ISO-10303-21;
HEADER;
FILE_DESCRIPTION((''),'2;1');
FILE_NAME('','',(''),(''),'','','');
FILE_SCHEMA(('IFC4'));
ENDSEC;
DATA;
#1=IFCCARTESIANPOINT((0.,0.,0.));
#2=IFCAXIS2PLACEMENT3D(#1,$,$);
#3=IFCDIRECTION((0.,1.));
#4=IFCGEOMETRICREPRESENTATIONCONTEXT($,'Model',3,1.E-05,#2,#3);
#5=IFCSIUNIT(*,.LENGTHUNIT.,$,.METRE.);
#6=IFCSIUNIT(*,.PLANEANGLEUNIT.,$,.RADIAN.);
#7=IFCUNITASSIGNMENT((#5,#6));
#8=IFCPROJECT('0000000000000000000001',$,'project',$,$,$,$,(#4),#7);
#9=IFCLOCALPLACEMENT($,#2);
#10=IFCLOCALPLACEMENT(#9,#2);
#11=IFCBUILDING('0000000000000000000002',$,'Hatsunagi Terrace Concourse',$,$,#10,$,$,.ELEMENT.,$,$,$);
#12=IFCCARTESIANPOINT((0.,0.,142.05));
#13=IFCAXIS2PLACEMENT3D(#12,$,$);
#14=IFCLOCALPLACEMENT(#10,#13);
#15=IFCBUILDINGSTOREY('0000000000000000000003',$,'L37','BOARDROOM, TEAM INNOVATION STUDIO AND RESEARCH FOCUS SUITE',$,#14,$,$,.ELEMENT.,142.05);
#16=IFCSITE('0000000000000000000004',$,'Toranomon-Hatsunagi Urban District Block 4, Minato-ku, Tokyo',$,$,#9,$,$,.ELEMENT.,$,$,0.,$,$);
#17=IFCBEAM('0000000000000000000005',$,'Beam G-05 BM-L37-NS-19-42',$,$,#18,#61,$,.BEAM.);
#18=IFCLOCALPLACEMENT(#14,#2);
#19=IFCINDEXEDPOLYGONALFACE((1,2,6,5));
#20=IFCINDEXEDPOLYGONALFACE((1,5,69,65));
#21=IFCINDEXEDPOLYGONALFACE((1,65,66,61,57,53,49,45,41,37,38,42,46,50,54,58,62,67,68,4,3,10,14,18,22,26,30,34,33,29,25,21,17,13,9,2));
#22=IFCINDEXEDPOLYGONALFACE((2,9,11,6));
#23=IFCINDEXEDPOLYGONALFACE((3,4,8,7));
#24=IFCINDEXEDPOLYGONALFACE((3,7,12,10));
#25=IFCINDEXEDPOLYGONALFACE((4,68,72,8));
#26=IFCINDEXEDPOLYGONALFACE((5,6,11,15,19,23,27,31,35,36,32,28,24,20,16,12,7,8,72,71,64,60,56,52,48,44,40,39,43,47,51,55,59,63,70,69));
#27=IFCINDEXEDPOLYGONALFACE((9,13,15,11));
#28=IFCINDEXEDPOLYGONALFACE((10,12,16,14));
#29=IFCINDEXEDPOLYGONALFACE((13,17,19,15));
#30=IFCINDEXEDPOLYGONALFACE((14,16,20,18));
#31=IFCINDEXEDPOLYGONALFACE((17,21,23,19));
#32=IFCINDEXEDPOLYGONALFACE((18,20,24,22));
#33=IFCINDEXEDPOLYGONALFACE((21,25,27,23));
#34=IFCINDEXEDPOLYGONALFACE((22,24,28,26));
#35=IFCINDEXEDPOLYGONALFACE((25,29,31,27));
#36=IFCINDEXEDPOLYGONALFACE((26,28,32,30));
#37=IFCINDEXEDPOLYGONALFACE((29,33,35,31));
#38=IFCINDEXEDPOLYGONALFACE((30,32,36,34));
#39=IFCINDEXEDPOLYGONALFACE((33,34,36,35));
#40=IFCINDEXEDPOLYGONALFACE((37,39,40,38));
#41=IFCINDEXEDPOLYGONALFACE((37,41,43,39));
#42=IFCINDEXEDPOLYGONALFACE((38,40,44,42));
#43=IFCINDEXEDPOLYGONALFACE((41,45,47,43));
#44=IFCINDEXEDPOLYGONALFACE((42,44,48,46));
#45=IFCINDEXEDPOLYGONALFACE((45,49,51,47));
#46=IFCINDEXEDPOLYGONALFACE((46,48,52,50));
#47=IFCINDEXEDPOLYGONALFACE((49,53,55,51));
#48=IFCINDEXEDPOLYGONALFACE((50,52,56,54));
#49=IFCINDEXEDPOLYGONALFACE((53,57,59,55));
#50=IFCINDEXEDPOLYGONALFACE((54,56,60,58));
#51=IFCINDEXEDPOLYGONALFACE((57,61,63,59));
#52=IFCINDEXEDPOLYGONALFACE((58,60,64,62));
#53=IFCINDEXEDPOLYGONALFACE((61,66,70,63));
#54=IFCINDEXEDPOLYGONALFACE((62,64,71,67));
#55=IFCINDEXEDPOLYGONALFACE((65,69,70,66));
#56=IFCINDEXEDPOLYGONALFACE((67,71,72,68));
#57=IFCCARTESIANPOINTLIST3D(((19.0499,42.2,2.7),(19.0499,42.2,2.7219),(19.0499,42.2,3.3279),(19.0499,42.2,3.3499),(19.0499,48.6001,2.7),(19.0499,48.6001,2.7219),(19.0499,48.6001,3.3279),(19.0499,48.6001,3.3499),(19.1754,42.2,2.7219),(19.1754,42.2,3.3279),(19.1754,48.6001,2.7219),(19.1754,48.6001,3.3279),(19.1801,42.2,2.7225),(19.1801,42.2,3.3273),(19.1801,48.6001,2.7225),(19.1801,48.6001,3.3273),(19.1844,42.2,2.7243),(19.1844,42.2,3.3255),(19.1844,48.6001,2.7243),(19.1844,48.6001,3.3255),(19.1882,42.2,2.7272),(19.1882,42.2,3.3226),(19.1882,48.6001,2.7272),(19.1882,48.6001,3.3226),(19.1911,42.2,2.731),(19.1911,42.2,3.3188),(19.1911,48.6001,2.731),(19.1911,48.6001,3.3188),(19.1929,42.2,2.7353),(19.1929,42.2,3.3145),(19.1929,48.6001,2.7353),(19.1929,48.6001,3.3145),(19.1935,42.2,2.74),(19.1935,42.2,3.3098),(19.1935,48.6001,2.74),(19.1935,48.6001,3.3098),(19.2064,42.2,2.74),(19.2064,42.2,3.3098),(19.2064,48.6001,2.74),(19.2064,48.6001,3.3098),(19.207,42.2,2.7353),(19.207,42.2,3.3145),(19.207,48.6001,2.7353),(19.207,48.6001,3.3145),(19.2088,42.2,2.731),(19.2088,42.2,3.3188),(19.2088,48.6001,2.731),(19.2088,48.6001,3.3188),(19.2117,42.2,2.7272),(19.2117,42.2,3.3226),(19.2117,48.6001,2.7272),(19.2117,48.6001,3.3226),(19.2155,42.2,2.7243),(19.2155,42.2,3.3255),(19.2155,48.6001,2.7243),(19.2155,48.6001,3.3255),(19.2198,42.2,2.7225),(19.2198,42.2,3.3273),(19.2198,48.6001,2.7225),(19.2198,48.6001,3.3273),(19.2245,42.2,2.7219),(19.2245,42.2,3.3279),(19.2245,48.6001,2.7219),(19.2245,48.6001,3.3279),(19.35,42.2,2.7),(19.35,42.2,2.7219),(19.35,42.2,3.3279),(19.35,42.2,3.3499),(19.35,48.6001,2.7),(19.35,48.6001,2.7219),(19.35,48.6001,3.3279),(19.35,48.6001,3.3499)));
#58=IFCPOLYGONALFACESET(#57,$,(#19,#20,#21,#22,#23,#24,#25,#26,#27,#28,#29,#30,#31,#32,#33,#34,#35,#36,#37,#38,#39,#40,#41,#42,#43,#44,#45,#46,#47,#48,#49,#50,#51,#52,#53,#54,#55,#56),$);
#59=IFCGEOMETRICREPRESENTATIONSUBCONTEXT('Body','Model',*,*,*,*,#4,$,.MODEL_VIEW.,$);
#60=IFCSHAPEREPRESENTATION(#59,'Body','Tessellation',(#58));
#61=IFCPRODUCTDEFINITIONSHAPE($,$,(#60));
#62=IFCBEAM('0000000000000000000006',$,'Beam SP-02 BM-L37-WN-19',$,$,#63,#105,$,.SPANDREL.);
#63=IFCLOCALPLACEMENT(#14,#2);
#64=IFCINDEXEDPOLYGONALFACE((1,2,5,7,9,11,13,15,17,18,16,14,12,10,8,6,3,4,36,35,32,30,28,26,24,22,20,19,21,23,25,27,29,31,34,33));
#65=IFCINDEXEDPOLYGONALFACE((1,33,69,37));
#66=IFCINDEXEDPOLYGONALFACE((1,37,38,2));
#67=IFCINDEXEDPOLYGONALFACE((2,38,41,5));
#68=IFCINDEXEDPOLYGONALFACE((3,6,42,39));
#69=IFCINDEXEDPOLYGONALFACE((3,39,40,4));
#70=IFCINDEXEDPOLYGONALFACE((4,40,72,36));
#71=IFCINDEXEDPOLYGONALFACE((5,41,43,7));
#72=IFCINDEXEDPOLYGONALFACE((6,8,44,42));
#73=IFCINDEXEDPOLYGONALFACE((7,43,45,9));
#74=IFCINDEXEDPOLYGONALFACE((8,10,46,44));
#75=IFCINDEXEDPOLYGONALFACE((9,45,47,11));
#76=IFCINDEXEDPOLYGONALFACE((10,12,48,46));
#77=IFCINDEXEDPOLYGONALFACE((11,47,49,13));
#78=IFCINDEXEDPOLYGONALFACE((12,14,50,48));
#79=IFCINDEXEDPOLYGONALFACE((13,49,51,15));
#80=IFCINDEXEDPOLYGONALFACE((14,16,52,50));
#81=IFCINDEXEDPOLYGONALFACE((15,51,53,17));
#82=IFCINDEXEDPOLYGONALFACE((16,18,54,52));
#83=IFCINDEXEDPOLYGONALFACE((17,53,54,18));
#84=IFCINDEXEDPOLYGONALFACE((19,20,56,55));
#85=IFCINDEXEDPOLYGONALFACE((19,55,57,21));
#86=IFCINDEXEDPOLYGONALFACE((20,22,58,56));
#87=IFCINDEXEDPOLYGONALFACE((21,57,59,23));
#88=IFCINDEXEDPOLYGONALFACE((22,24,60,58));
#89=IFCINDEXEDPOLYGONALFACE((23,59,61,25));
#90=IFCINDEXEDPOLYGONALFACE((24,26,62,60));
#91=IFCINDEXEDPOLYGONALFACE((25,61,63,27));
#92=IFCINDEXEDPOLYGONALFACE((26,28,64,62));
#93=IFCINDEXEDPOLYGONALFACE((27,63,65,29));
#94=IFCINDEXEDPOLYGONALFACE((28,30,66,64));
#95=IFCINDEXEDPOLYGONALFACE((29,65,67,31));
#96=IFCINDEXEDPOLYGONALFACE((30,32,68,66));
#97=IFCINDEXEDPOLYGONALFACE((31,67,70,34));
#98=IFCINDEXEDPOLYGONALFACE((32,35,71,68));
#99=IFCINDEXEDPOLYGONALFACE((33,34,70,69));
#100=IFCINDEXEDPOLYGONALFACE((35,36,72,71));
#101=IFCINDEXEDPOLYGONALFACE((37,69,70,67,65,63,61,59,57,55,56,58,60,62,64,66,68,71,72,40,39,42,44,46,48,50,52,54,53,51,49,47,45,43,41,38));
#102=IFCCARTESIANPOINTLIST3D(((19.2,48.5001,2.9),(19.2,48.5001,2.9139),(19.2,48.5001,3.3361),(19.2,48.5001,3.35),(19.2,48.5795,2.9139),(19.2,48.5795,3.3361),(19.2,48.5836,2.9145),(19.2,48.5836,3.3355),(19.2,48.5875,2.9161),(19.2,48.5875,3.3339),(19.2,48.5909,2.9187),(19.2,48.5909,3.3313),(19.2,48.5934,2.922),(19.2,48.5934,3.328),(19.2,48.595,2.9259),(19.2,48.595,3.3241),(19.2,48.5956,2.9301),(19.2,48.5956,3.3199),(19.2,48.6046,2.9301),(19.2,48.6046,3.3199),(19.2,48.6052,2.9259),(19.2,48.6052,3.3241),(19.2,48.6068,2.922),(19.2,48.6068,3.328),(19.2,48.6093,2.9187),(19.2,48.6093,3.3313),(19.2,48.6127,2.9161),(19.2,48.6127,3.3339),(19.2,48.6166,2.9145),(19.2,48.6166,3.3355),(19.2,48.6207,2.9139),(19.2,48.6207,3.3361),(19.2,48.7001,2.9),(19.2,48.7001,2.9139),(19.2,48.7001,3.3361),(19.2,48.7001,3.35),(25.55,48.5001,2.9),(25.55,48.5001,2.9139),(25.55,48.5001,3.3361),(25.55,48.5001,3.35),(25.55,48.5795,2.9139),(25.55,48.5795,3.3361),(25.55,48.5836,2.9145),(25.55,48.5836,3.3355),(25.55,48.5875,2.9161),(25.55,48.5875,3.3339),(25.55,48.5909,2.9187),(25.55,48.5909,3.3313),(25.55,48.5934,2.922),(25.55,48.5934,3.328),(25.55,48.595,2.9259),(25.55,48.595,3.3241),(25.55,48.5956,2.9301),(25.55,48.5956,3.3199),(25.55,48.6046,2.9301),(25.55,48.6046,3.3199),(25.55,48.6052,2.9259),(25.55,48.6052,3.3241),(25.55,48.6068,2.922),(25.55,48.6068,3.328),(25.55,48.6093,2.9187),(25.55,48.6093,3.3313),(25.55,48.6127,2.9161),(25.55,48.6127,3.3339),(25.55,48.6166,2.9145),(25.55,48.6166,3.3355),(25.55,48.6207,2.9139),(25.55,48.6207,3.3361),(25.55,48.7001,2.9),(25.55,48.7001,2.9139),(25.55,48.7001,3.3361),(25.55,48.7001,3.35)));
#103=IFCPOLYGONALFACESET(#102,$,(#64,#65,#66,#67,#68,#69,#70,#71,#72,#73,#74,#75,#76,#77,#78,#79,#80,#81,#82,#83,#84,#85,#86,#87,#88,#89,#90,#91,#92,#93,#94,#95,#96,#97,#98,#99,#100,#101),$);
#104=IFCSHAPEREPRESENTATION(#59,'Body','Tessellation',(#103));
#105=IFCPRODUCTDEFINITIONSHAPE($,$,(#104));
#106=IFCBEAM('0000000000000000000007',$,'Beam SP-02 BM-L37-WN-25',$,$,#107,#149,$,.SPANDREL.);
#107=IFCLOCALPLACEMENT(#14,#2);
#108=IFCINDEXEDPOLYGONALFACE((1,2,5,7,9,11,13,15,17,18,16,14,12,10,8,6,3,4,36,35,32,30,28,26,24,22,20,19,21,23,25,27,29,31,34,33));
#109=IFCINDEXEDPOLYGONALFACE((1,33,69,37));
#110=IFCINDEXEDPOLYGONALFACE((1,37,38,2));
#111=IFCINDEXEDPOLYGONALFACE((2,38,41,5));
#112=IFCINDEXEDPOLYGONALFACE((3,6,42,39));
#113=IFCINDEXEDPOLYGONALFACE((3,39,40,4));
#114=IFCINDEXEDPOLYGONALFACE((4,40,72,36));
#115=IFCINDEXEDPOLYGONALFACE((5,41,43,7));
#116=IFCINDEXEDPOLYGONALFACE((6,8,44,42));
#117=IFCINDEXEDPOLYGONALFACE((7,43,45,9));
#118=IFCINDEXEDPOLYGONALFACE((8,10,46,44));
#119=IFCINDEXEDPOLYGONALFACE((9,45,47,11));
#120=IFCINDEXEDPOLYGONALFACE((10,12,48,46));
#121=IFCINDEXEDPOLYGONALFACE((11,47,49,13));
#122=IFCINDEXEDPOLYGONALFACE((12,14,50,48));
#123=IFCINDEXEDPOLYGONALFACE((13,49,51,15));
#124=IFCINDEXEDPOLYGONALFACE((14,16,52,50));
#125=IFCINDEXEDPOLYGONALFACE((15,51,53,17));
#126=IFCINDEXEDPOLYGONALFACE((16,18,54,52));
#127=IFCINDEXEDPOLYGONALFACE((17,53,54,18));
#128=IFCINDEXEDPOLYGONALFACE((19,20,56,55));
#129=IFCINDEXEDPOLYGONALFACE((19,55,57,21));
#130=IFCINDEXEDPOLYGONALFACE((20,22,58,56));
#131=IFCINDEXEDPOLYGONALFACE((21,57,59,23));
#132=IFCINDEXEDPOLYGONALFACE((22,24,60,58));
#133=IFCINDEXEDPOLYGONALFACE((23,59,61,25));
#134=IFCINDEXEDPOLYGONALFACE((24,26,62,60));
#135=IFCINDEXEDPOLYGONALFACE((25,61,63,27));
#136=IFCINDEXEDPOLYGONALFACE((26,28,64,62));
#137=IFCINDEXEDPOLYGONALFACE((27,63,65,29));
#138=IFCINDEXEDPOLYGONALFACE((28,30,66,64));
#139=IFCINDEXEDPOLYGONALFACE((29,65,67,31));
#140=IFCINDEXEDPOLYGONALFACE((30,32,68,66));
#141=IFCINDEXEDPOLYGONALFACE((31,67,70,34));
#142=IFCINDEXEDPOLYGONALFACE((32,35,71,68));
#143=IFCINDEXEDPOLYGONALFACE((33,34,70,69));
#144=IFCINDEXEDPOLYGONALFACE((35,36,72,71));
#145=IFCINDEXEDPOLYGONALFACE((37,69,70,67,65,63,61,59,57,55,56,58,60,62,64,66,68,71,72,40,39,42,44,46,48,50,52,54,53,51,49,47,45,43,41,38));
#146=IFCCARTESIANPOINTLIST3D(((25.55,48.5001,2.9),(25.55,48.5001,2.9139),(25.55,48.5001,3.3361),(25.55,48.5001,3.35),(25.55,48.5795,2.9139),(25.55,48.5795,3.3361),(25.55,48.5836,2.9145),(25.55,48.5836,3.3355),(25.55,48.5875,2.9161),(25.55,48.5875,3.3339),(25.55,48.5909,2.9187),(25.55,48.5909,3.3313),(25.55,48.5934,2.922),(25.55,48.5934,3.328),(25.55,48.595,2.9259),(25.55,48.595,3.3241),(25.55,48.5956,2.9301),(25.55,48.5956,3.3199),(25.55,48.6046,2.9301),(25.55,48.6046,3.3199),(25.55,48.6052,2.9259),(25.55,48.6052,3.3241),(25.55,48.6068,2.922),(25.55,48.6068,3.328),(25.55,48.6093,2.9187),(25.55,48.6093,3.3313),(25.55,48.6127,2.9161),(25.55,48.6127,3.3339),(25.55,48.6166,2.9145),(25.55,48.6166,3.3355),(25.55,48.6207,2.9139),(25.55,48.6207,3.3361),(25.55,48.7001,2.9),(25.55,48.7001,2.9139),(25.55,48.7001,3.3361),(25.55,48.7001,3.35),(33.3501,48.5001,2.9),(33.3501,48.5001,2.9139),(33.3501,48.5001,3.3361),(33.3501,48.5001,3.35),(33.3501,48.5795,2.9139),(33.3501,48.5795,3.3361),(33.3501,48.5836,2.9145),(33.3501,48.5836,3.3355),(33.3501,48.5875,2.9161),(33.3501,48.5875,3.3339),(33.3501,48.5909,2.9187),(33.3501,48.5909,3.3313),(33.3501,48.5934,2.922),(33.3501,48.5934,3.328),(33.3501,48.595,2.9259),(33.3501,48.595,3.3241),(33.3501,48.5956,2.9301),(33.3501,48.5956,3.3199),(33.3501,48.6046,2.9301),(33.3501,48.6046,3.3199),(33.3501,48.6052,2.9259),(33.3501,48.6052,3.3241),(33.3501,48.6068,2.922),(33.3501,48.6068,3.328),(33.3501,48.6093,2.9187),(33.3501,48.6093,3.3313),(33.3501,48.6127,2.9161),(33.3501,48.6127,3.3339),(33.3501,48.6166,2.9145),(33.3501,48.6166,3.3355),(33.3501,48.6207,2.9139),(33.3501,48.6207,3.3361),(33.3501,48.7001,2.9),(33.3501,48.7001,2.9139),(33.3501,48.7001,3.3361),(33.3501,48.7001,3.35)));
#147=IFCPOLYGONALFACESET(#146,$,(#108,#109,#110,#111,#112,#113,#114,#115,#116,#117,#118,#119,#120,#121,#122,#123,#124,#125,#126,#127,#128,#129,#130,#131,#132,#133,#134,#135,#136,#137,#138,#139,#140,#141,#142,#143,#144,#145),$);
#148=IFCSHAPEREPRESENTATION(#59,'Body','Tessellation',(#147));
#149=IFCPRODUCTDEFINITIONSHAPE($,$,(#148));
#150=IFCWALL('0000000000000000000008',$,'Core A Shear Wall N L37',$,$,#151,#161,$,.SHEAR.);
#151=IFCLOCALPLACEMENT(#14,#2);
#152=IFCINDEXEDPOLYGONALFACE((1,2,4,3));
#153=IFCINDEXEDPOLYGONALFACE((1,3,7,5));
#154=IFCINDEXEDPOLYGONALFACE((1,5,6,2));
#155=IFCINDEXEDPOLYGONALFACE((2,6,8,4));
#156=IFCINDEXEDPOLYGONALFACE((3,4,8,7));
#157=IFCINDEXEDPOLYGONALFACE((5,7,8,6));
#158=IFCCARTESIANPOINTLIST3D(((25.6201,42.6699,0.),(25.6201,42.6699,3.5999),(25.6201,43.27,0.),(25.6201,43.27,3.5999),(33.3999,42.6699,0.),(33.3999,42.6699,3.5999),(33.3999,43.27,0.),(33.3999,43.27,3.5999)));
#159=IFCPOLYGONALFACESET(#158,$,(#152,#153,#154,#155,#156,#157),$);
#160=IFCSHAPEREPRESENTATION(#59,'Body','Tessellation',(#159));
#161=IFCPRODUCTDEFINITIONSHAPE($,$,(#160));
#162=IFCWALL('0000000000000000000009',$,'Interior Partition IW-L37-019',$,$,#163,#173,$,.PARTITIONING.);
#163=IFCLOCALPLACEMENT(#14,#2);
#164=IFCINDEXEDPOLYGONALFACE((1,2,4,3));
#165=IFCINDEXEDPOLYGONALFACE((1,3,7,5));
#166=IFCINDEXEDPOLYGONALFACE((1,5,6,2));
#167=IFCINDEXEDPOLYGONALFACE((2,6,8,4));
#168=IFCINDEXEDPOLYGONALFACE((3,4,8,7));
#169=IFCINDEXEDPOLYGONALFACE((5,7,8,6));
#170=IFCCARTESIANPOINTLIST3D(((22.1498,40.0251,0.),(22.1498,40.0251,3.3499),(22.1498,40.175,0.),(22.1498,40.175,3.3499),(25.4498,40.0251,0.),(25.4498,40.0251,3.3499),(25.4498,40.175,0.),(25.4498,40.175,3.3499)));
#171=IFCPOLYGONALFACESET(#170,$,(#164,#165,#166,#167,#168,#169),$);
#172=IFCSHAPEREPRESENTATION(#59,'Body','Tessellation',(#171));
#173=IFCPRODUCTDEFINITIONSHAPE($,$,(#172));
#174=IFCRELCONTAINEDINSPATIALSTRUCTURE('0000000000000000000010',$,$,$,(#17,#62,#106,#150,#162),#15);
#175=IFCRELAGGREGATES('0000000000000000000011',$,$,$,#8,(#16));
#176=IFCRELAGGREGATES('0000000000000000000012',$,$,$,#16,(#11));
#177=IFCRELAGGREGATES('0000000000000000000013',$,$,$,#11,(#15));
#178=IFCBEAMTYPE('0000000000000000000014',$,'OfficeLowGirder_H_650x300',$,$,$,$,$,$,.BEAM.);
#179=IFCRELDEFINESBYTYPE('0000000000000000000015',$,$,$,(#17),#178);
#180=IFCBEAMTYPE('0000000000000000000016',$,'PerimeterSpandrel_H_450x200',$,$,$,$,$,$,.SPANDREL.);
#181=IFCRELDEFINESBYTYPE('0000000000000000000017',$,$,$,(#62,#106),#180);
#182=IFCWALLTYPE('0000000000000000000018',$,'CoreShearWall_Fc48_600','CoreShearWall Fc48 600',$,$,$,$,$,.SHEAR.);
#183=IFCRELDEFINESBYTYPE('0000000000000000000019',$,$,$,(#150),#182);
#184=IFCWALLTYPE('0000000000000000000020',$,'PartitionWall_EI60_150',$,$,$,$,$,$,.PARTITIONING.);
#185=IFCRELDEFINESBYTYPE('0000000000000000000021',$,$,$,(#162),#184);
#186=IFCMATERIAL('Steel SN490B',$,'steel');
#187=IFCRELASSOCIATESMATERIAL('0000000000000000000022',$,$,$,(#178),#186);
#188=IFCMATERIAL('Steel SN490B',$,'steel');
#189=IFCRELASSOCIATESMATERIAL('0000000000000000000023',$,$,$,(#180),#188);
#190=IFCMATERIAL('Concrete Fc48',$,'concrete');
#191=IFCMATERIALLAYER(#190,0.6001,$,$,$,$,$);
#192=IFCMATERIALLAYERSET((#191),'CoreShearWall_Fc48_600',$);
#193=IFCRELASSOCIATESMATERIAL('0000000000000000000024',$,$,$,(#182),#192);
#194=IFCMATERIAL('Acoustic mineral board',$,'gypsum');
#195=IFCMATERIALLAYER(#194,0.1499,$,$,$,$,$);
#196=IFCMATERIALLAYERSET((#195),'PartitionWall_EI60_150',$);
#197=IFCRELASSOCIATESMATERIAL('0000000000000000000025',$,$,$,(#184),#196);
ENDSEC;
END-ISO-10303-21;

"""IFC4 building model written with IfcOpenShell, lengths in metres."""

from ifc_helpers import new_model, si_unit, direction, frame, frame_2d, origin, origin_2d, place, context, subcontext, project, spatial, rectangle, i_section, extrude, material, layer, layer_set, material_profile, profile_set, type_object, element, save


model = new_model("IFC4")

# Units and contexts
model_context = context("Model", 3, precision=1e-05, world=origin(), true_north=direction((0.0, 1.0)))
body_context = subcontext(model_context, "Body", "Model", "MODEL_VIEW")
ifc_project = project(units=[si_unit("LENGTHUNIT", "METRE"), si_unit("PLANEANGLEUNIT", "RADIAN")], contexts=[model_context])

# Site, building, storey
site_placement = place(None, origin())
site = spatial("IfcSite", under=ifc_project, at=site_placement, Name="Toranomon-Hatsunagi Urban District Block 4, Minato-ku, Tokyo", CompositionType="ELEMENT", RefElevation=0.0)
building_placement = place(site_placement, origin())
building = spatial("IfcBuilding", under=site, at=building_placement, Name="Hatsunagi Terrace Concourse", CompositionType="ELEMENT")
storey_placement = place(building_placement, frame((0.0, 0.0, 142.05)))
storey = spatial("IfcBuildingStorey", under=building, at=storey_placement, Name="L37", Description="BOARDROOM, TEAM INNOVATION STUDIO AND RESEARCH FOCUS SUITE", CompositionType="ELEMENT", Elevation=142.05)

# Beams
ifc_material_1 = material(Name="Steel SN490B", Category="steel")
ifc_material_profile_1 = material_profile(ifc_material_1, i_section(OverallWidth=0.3, OverallDepth=0.6499, WebThickness=0.0129, FlangeThickness=0.022, FilletRadius=0.0181, at=origin_2d()), Name="H-650x300x13x22")
ifc_profile_set_1 = profile_set([ifc_material_profile_1], Name="Steel SN490B")
beam_type_1 = type_object("IfcBeamType", Name="OfficeLowGirder_H_650x300", PredefinedType="BEAM", material=ifc_profile_set_1)
beam_1_placement = place(storey_placement, frame((19.2, 42.2, 3.0249), z_axis=(0.0, 1.0, 0.0), x_axis=(-1.0, 0.0, 0.0)))
element("IfcBeam", 1, at=beam_1_placement, inside=storey, type_object=beam_type_1, Name="Beam G-05 BM-L37-NS-19-42", PredefinedType="BEAM", context=body_context, shape_type="SweptSolid", body=[
    extrude(i_section(OverallWidth=0.3, OverallDepth=0.6499, WebThickness=0.0129, FlangeThickness=0.022, FilletRadius=0.0181, at=origin_2d()), origin(), (0.0, 0.0, 1.0), 6.4001),
])
ifc_material_2 = material(Name="Steel SN490B", Category="steel")
ifc_material_profile_2 = material_profile(ifc_material_2, i_section(OverallWidth=0.2, OverallDepth=0.45, WebThickness=0.009, FlangeThickness=0.0139, FilletRadius=0.0161, at=origin_2d()), Name="H-450x200x9x14")
ifc_profile_set_2 = profile_set([ifc_material_profile_2], Name="Steel SN490B")
beam_type_2 = type_object("IfcBeamType", Name="PerimeterSpandrel_H_450x200", PredefinedType="SPANDREL", material=ifc_profile_set_2)
beam_2_placement = place(storey_placement, frame((19.2, 48.6001, 3.125), z_axis=(1.0, 0.0, 0.0), x_axis=(0.0, 1.0, 0.0)))
element("IfcBeam", 2, at=beam_2_placement, inside=storey, type_object=beam_type_2, Name="Beam SP-02 BM-L37-WN-19", PredefinedType="SPANDREL", context=body_context, shape_type="SweptSolid", body=[
    extrude(i_section(OverallWidth=0.2, OverallDepth=0.45, WebThickness=0.009, FlangeThickness=0.0139, FilletRadius=0.0161, at=origin_2d()), origin(), (0.0, 0.0, 1.0), 6.3501),
])
beam_3_placement = place(storey_placement, frame((25.55, 48.6001, 3.125), z_axis=(1.0, 0.0, 0.0), x_axis=(0.0, 1.0, 0.0)))
element("IfcBeam", 3, at=beam_3_placement, inside=storey, type_object=beam_type_2, Name="Beam SP-02 BM-L37-WN-25", PredefinedType="SPANDREL", context=body_context, shape_type="SweptSolid", body=[
    extrude(i_section(OverallWidth=0.2, OverallDepth=0.45, WebThickness=0.009, FlangeThickness=0.0139, FilletRadius=0.0161, at=origin_2d()), origin(), (0.0, 0.0, 1.0), 7.8),
])

# Walls
ifc_material_3 = material(Name="Concrete Fc48", Category="concrete")
ifc_layer_1 = layer(ifc_material_3, 0.6001)
ifc_layer_set_1 = layer_set([ifc_layer_1], Name="CoreShearWall_Fc48_600")
wall_type_1 = type_object("IfcWallType", Name="CoreShearWall_Fc48_600", Description="CoreShearWall Fc48 600", PredefinedType="SHEAR", material=ifc_layer_set_1)
wall_1_placement = place(storey_placement, frame((25.6201, 42.97, 0.0), z_axis=(0.0, 0.0, 1.0), x_axis=(1.0, 0.0, 0.0)))
element("IfcWall", 4, at=wall_1_placement, inside=storey, type_object=wall_type_1, Name="Core A Shear Wall N L37", PredefinedType="SHEAR", context=body_context, shape_type="SweptSolid", body=[
    extrude(rectangle(XDim=7.7798, YDim=0.6001, at=frame_2d((3.8899, 0.0))), origin(), (0.0, 0.0, 1.0), 3.5999),
])
ifc_material_4 = material(Name="Acoustic mineral board", Category="gypsum")
ifc_layer_2 = layer(ifc_material_4, 0.1499)
ifc_layer_set_2 = layer_set([ifc_layer_2], Name="PartitionWall_EI60_150")
wall_type_2 = type_object("IfcWallType", Name="PartitionWall_EI60_150", PredefinedType="PARTITIONING", material=ifc_layer_set_2)
wall_2_placement = place(storey_placement, frame((22.1499, 40.1001, 0.0), z_axis=(0.0, 0.0, 1.0), x_axis=(1.0, 0.0, 0.0)))
element("IfcWall", 5, at=wall_2_placement, inside=storey, type_object=wall_type_2, Name="Interior Partition IW-L37-019", PredefinedType="PARTITIONING", context=body_context, shape_type="SweptSolid", body=[
    extrude(rectangle(XDim=3.3, YDim=0.1499, at=frame_2d((1.6499, 0.0))), origin(), (0.0, 0.0, 1.0), 3.3499),
])

save(model, "model.ifc")
